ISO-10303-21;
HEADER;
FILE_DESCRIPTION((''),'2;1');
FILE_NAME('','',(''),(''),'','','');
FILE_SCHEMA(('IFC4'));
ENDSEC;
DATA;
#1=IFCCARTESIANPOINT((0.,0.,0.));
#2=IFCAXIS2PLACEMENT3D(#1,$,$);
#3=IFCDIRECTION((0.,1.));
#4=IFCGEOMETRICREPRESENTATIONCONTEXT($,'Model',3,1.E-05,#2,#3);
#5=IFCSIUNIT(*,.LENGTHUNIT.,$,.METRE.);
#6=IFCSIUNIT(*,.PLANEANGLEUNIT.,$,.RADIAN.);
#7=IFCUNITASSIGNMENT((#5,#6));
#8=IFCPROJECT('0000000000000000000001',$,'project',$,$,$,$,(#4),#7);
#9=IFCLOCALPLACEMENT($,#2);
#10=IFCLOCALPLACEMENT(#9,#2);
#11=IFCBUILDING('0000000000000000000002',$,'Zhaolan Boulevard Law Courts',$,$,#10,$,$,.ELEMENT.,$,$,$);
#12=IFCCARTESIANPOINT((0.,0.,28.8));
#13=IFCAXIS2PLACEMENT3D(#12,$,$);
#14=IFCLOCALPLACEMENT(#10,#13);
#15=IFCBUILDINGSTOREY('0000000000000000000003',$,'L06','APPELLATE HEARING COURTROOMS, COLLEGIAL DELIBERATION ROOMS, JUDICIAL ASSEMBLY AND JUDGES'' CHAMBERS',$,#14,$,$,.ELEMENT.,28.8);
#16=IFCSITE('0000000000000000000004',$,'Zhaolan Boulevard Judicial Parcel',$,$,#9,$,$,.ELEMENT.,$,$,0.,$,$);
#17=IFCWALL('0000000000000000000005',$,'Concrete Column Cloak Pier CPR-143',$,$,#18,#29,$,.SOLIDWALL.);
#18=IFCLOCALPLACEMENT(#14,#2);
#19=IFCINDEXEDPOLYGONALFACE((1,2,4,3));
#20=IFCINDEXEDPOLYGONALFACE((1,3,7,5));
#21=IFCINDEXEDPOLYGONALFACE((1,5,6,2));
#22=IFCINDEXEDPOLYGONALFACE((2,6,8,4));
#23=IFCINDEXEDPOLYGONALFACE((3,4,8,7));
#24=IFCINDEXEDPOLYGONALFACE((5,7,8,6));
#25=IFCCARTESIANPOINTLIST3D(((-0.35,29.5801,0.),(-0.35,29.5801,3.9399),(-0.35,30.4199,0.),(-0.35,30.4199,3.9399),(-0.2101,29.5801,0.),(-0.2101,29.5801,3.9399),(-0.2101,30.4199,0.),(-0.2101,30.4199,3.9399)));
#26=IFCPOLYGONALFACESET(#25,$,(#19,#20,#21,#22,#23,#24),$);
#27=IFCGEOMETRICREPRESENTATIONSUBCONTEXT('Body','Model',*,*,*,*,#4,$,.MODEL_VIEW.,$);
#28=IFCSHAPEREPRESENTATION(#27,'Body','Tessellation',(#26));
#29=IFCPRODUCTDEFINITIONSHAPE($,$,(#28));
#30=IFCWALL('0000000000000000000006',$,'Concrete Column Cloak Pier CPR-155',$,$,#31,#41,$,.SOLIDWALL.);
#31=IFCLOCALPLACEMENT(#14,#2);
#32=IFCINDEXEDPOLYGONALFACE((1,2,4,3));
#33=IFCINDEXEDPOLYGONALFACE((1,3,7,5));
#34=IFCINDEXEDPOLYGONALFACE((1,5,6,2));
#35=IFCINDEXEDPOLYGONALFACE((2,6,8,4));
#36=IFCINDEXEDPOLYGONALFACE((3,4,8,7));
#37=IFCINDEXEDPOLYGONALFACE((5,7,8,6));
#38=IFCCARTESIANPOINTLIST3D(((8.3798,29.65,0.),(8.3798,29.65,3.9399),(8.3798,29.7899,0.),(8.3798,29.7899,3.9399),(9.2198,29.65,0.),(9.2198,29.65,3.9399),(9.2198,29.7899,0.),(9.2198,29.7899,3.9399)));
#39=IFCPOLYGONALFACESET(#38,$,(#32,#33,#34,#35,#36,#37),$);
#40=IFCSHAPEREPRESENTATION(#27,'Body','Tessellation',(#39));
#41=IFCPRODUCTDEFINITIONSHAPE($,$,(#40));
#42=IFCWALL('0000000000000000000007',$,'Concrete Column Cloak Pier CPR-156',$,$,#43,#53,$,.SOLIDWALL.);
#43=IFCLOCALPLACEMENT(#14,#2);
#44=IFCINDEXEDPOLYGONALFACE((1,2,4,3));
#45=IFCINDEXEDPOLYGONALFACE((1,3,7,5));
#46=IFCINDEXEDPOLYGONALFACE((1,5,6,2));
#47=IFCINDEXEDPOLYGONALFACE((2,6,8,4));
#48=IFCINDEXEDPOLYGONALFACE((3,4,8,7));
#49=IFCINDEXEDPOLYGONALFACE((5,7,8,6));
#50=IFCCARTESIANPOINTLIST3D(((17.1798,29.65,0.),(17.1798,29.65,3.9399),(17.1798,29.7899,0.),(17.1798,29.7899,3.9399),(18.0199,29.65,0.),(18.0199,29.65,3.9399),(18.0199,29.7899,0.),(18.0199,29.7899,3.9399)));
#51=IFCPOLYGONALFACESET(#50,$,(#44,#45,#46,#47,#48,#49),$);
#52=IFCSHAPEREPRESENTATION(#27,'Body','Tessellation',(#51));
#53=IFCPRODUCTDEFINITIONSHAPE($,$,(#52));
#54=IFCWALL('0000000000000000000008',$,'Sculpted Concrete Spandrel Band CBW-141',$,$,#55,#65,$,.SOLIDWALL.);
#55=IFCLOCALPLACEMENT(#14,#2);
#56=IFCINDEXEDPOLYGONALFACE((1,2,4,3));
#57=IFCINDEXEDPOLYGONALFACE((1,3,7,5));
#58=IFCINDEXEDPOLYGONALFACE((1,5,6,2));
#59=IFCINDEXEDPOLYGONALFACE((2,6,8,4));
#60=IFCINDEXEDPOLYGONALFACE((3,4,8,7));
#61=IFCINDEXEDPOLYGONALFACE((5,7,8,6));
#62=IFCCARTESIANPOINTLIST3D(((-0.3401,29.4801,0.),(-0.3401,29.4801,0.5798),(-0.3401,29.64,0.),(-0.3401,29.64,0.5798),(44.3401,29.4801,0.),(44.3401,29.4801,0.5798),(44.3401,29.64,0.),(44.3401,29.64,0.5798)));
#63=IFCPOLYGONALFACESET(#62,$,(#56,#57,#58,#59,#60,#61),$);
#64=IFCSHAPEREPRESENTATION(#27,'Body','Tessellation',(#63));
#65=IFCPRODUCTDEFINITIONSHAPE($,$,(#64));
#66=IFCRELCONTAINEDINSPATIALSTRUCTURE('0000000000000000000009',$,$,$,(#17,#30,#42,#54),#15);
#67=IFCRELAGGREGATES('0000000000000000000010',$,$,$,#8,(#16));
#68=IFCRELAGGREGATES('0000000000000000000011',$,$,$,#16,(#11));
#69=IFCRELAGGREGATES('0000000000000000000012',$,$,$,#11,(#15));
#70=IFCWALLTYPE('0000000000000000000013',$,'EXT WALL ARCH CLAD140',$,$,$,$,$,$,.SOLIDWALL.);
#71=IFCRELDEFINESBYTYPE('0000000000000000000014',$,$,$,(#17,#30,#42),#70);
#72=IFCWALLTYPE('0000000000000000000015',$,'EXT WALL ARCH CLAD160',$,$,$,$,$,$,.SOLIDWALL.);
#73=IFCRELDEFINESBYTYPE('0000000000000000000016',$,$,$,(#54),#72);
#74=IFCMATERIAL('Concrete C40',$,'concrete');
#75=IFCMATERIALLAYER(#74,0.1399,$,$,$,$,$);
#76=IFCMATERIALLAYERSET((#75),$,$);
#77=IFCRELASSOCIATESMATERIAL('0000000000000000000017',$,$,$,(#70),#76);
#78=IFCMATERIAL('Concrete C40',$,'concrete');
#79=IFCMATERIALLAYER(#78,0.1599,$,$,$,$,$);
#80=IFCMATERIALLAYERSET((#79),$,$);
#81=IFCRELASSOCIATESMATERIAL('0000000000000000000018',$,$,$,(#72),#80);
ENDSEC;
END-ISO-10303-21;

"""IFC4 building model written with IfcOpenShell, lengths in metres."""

from ifc_helpers import new_model, si_unit, direction, frame, frame_2d, origin, place, context, subcontext, project, spatial, rectangle, extrude, material, layer, layer_set, type_object, element, save


model = new_model("IFC4")

# Units and contexts
model_context = context("Model", 3, precision=1e-05, world=origin(), true_north=direction((0.0, 1.0)))
body_context = subcontext(model_context, "Body", "Model", "MODEL_VIEW")
ifc_project = project(units=[si_unit("LENGTHUNIT", "METRE"), si_unit("PLANEANGLEUNIT", "RADIAN")], contexts=[model_context])

# Site, building, storey
site_placement = place(None, origin())
site = spatial("IfcSite", under=ifc_project, at=site_placement, Name="Zhaolan Boulevard Judicial Parcel", CompositionType="ELEMENT", RefElevation=0.0)
building_placement = place(site_placement, origin())
building = spatial("IfcBuilding", under=site, at=building_placement, Name="Zhaolan Boulevard Law Courts", CompositionType="ELEMENT")
storey_placement = place(building_placement, frame((0.0, 0.0, 28.8)))
storey = spatial("IfcBuildingStorey", under=building, at=storey_placement, Name="L06", Description="APPELLATE HEARING COURTROOMS, COLLEGIAL DELIBERATION ROOMS, JUDICIAL ASSEMBLY AND JUDGES' CHAMBERS", CompositionType="ELEMENT", Elevation=28.8)

# Walls
ifc_material_1 = material(Name="Concrete C40", Category="concrete")
ifc_layer_1 = layer(ifc_material_1, 0.1399)
ifc_layer_set_1 = layer_set([ifc_layer_1])
wall_type_1 = type_object("IfcWallType", Name="EXT WALL ARCH CLAD140", PredefinedType="SOLIDWALL", material=ifc_layer_set_1)
wall_1_placement = place(storey_placement, frame((-0.28, 29.5801, 0.0), z_axis=(0.0, 0.0, 1.0), x_axis=(0.0, 1.0, 0.0)))
element("IfcWall", 1, at=wall_1_placement, inside=storey, type_object=wall_type_1, Name="Concrete Column Cloak Pier CPR-143", PredefinedType="SOLIDWALL", context=body_context, shape_type="SweptSolid", body=[
    extrude(rectangle(XDim=0.8398, YDim=0.1399, at=frame_2d((0.4199, 0.0))), origin(), (0.0, 0.0, 1.0), 3.9399),
])
for number, where, z_axis, x_axis, name in (
    (2, (8.3799, 29.72, 0.0), (0.0, 0.0, 1.0), (1.0, 0.0, 0.0), "Concrete Column Cloak Pier CPR-155"),
    (3, (17.1799, 29.72, 0.0), (0.0, 0.0, 1.0), (1.0, 0.0, 0.0), "Concrete Column Cloak Pier CPR-156"),
):
    element("IfcWall", number, at=place(storey_placement, frame(where, z_axis=z_axis, x_axis=x_axis)), inside=storey, type_object=wall_type_1, Name=name, PredefinedType="SOLIDWALL", context=body_context, shape_type="SweptSolid", body=[
        extrude(rectangle(XDim=0.8401, YDim=0.1399, at=frame_2d((0.4199, 0.0))), origin(), (0.0, 0.0, 1.0), 3.9399),
    ])
ifc_material_2 = material(Name="Concrete C40", Category="concrete")
ifc_layer_2 = layer(ifc_material_2, 0.1599)
ifc_layer_set_2 = layer_set([ifc_layer_2])
wall_type_2 = type_object("IfcWallType", Name="EXT WALL ARCH CLAD160", PredefinedType="SOLIDWALL", material=ifc_layer_set_2)
wall_2_placement = place(storey_placement, frame((-0.3401, 29.5601, 0.0), z_axis=(0.0, 0.0, 1.0), x_axis=(1.0, 0.0, 0.0)))
element("IfcWall", 4, at=wall_2_placement, inside=storey, type_object=wall_type_2, Name="Sculpted Concrete Spandrel Band CBW-141", PredefinedType="SOLIDWALL", context=body_context, shape_type="SweptSolid", body=[
    extrude(rectangle(XDim=44.6802, YDim=0.1599, at=frame_2d((22.3401, 0.0))), origin(), (0.0, 0.0, 1.0), 0.5798),
])

save(model, "model.ifc")
